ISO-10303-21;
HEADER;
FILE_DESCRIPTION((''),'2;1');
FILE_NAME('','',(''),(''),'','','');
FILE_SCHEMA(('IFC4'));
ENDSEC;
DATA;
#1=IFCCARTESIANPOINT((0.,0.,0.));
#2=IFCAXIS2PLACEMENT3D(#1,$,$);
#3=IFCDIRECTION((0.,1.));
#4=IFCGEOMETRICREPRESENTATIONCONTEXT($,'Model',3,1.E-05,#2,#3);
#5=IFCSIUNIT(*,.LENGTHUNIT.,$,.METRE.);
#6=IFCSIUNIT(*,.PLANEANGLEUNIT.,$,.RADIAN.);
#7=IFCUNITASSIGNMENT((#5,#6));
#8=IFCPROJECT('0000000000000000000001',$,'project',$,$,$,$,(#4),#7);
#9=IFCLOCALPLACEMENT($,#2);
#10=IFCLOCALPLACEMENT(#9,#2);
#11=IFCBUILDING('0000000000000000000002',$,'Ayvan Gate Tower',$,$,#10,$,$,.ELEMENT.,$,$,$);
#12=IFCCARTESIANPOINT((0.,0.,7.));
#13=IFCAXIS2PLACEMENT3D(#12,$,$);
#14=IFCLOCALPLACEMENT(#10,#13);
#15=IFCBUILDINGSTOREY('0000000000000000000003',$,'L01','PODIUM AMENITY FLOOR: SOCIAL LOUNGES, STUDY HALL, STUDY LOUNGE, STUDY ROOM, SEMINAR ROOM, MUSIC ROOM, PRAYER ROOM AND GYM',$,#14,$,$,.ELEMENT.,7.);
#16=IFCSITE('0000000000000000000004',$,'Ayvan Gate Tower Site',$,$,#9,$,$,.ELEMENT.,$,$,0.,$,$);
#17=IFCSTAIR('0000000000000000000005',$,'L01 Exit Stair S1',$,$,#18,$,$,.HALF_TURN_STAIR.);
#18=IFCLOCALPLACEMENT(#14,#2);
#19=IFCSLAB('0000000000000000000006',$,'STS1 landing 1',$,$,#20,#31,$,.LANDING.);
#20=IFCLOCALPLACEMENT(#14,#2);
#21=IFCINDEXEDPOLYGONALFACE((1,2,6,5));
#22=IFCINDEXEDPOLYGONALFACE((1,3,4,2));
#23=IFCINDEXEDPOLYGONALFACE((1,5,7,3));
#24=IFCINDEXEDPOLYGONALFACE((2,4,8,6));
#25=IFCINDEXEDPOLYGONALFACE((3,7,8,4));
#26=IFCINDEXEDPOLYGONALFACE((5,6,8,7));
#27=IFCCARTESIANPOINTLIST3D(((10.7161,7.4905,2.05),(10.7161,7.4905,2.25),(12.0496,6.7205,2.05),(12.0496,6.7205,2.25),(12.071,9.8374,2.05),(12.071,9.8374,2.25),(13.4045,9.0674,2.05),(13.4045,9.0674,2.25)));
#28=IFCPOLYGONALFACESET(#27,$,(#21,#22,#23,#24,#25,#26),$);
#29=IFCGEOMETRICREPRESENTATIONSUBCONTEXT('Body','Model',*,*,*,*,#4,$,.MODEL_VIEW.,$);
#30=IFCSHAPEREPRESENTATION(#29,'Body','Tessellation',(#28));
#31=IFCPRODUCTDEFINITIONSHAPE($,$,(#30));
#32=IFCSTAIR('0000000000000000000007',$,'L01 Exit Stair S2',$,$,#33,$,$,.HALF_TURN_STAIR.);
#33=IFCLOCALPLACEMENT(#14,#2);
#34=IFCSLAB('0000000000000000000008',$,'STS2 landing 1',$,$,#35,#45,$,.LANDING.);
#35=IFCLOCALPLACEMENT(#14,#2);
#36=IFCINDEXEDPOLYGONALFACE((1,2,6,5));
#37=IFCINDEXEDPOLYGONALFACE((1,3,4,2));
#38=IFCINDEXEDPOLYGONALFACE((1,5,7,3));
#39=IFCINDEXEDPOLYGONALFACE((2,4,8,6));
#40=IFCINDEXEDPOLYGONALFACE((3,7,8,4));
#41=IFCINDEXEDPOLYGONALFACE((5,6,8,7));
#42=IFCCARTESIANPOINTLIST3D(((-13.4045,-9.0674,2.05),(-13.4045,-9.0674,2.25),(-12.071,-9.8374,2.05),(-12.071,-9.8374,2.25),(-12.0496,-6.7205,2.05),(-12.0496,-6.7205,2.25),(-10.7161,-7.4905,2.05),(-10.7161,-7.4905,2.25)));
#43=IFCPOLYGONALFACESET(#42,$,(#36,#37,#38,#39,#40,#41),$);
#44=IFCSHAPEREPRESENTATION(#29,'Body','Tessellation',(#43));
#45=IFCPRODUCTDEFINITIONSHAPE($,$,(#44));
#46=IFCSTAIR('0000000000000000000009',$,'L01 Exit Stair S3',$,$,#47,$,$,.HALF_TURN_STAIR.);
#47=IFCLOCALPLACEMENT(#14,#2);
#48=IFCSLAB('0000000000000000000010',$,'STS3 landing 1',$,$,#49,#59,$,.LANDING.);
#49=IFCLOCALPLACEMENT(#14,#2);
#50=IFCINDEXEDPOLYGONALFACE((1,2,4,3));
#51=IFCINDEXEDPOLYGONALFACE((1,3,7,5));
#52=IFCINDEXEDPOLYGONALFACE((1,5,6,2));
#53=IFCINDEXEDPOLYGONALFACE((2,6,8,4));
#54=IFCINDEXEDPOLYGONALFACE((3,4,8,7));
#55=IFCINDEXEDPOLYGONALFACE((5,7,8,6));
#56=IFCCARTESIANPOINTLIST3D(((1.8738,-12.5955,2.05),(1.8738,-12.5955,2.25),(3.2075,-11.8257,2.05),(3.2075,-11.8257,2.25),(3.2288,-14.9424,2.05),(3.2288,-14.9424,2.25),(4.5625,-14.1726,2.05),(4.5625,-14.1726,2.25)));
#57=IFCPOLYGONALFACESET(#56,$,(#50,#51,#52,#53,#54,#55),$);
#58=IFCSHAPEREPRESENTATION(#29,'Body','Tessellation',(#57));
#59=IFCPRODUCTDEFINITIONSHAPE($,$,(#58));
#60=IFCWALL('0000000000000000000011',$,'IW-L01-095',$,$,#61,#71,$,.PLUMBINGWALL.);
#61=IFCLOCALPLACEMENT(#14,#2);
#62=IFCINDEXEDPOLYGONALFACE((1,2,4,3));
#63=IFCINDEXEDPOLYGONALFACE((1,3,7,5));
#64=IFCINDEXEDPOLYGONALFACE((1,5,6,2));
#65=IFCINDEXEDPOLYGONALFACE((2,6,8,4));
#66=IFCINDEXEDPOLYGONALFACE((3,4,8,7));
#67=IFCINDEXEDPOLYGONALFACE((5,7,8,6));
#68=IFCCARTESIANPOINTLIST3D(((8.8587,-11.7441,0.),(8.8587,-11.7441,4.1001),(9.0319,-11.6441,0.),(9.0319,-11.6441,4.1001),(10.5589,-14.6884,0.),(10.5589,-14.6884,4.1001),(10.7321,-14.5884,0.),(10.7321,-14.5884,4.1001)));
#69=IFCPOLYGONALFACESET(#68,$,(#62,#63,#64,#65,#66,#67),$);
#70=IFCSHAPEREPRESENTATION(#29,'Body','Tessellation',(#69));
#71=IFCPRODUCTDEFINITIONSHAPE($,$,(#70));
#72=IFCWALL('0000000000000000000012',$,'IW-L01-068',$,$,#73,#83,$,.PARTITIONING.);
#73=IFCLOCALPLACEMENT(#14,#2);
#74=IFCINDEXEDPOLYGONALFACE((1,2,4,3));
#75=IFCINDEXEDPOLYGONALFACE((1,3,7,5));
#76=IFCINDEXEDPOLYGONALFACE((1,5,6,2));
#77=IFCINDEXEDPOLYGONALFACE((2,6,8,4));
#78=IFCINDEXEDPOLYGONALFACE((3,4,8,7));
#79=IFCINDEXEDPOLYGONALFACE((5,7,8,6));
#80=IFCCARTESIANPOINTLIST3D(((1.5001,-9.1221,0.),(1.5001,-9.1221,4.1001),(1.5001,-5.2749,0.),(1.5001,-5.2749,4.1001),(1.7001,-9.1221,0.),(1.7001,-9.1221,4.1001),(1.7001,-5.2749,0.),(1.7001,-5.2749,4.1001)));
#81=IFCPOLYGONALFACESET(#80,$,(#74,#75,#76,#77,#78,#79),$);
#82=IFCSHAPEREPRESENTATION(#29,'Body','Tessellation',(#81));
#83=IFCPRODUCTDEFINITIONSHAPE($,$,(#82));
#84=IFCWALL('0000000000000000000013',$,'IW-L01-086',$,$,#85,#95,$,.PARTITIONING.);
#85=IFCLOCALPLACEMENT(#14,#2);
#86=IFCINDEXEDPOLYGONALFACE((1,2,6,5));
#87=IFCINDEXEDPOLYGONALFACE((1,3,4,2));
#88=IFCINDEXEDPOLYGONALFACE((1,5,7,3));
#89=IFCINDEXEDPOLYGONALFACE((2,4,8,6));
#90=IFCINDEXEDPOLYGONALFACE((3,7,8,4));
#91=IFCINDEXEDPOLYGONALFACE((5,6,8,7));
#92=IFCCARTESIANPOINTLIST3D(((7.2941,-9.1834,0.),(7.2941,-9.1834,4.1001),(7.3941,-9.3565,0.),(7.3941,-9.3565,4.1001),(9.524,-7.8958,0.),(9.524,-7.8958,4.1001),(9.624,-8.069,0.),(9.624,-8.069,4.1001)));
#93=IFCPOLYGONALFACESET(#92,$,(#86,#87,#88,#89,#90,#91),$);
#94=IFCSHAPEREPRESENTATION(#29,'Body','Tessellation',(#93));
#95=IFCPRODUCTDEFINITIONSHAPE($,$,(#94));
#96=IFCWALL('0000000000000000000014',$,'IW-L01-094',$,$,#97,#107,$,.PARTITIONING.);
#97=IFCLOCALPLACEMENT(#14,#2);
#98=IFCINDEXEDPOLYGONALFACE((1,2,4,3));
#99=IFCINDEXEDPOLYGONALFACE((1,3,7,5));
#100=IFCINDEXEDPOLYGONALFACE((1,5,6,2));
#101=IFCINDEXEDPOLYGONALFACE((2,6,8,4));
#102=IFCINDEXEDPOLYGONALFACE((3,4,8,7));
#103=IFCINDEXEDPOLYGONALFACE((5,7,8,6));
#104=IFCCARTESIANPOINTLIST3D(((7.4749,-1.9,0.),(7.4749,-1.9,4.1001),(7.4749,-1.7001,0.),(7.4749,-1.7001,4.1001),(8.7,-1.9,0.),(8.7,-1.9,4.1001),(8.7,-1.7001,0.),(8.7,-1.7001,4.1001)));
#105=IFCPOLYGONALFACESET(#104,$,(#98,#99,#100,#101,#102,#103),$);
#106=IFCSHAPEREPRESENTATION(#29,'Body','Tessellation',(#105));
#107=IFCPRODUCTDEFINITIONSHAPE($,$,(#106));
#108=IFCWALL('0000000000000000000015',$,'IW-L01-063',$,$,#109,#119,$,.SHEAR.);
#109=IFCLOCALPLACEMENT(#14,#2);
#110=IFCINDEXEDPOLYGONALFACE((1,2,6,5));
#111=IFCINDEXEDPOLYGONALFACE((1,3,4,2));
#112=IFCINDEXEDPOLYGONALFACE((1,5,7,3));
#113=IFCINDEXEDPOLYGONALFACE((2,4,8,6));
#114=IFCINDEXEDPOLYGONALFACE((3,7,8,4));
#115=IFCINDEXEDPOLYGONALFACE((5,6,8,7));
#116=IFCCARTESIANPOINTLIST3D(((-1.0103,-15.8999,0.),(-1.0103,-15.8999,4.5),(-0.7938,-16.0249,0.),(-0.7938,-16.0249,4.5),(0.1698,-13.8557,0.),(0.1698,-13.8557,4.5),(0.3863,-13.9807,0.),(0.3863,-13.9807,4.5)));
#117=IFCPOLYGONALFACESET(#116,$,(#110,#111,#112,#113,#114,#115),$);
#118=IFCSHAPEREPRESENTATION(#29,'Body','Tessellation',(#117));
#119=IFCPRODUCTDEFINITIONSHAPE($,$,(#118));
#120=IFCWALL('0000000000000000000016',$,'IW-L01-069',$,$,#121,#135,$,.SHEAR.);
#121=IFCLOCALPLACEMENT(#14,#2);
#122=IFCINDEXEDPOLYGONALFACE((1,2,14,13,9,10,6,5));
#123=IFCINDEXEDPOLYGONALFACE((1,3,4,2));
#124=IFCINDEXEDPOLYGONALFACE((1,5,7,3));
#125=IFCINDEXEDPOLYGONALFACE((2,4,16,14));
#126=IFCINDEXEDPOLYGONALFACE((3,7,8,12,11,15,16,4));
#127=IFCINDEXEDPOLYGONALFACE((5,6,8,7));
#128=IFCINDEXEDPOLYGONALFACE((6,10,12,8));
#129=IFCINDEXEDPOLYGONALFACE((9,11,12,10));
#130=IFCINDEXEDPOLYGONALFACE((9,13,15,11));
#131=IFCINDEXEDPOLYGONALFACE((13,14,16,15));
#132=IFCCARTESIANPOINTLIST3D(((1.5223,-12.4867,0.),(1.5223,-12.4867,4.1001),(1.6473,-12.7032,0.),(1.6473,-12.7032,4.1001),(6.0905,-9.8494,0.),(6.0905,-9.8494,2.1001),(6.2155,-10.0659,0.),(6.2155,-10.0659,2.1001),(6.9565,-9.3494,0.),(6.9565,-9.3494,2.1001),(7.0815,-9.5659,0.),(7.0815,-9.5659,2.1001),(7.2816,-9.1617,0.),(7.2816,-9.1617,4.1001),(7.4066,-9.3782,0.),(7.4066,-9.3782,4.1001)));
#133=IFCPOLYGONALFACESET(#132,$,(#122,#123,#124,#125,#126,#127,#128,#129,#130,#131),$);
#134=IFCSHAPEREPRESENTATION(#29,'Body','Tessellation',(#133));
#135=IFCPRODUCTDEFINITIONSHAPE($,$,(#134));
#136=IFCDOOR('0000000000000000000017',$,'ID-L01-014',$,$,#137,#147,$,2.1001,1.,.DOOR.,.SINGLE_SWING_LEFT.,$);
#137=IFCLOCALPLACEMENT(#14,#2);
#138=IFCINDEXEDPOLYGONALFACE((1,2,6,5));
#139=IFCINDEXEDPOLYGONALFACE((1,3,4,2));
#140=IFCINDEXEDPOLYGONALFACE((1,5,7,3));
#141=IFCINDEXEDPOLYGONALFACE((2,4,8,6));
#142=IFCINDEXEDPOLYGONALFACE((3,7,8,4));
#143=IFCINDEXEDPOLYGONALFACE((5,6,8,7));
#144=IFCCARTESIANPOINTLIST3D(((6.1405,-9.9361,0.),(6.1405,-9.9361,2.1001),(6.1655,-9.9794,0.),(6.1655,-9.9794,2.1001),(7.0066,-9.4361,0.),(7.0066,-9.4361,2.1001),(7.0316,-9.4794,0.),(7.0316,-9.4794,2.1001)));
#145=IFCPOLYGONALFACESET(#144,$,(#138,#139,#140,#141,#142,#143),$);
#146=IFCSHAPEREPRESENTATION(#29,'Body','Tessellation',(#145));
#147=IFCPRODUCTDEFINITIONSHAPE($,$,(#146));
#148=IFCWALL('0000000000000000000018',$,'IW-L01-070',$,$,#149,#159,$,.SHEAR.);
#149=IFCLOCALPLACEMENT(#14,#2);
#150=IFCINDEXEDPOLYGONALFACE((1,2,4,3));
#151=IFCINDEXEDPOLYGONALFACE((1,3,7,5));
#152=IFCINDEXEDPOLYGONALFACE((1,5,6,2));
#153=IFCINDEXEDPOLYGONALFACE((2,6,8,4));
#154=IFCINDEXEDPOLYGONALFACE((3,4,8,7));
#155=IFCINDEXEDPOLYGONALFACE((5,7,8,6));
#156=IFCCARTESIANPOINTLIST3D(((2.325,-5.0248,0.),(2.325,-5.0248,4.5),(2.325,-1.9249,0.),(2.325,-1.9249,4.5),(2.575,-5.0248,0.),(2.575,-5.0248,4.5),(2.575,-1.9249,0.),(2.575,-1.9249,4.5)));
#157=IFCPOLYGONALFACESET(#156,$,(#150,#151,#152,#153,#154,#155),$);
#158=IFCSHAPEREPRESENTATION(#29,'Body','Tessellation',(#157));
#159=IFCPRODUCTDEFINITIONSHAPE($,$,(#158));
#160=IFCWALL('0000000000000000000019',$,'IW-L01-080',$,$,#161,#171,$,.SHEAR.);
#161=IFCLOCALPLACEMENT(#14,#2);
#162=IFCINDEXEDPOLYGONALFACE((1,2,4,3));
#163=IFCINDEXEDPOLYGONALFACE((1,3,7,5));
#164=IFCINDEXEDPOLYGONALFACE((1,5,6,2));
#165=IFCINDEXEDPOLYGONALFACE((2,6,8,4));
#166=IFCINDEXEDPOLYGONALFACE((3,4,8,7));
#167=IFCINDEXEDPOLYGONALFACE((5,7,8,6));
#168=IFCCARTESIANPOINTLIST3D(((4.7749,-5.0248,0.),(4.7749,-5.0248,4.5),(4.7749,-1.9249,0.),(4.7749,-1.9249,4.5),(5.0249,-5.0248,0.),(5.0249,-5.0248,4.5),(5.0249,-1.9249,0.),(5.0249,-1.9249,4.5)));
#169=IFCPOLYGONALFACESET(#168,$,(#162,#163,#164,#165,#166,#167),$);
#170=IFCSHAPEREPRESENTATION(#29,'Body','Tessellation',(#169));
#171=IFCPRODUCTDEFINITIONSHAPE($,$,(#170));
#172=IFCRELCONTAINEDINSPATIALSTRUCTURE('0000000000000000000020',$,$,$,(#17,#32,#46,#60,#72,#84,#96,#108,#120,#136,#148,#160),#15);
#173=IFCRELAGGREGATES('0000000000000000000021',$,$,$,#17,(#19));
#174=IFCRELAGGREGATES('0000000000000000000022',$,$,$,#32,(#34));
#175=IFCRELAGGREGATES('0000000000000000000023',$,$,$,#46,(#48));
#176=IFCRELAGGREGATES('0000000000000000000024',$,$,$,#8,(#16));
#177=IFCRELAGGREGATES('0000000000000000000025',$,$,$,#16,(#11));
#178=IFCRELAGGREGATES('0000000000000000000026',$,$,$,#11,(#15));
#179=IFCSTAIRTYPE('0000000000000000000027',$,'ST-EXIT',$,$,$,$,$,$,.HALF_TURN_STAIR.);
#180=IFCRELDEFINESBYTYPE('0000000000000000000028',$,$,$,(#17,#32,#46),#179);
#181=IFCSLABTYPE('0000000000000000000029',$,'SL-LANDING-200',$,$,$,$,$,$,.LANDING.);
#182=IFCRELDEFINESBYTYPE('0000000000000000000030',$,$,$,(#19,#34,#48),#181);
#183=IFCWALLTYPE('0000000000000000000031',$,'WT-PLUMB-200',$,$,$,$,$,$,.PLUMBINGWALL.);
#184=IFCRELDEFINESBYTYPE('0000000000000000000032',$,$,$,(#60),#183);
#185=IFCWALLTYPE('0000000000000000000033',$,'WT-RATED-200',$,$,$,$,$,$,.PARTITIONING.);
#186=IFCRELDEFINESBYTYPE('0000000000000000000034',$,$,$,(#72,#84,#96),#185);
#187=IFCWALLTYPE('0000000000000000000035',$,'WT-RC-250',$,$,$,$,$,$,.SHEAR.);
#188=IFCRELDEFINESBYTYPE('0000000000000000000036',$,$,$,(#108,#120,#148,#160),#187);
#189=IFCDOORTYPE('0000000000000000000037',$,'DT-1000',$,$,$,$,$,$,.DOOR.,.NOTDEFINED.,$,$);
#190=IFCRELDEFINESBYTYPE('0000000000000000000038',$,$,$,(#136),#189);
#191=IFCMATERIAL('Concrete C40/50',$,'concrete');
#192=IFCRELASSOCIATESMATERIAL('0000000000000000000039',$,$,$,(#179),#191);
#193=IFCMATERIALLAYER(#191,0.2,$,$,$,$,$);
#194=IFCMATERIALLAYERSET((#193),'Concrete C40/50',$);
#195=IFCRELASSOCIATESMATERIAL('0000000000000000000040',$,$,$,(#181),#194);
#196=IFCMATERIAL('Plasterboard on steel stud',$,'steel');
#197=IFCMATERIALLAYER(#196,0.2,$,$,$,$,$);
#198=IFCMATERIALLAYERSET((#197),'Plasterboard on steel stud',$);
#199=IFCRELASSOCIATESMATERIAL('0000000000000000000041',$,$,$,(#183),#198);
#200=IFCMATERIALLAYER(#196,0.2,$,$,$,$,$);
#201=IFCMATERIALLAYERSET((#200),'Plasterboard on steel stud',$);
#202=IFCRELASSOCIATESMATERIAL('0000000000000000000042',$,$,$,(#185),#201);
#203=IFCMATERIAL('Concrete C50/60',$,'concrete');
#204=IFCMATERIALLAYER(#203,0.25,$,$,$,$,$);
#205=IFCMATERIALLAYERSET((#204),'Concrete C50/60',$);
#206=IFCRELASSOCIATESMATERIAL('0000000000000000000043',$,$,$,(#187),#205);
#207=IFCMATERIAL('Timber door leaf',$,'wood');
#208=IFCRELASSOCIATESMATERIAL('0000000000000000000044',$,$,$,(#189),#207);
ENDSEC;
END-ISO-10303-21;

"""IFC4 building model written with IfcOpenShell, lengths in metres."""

from ifc_helpers import new_model, si_unit, direction, frame, frame_2d, origin, place, context, subcontext, project, spatial, polyline, rectangle, outline, extrude, material, layer, layer_set, type_object, element, fill, aggregate, save


model = new_model("IFC4")

# Units and contexts
model_context = context("Model", 3, precision=1e-05, world=origin(), true_north=direction((0.0, 1.0)))
body_context = subcontext(model_context, "Body", "Model", "MODEL_VIEW")
ifc_project = project(units=[si_unit("LENGTHUNIT", "METRE"), si_unit("PLANEANGLEUNIT", "RADIAN")], contexts=[model_context])

# Site, building, storey
site_placement = place(None, origin())
site = spatial("IfcSite", under=ifc_project, at=site_placement, Name="Ayvan Gate Tower Site", CompositionType="ELEMENT", RefElevation=0.0)
building_placement = place(site_placement, origin())
building = spatial("IfcBuilding", under=site, at=building_placement, Name="Ayvan Gate Tower", CompositionType="ELEMENT")
storey_placement = place(building_placement, frame((0.0, 0.0, 7.0)))
storey = spatial("IfcBuildingStorey", under=building, at=storey_placement, Name="L01", Description="PODIUM AMENITY FLOOR: SOCIAL LOUNGES, STUDY HALL, STUDY LOUNGE, STUDY ROOM, SEMINAR ROOM, MUSIC ROOM, PRAYER ROOM AND GYM", CompositionType="ELEMENT", Elevation=7.0)

# Stairs, slabs
ifc_material_1 = material(Name="Concrete C40/50", Category="concrete")
stair_type = type_object("IfcStairType", Name="ST-EXIT", PredefinedType="HALF_TURN_STAIR", material=ifc_material_1)
stair_1_placement = place(storey_placement, origin())
stair_1 = element("IfcStair", 1, at=stair_1_placement, inside=storey, type_object=stair_type, Name="L01 Exit Stair S1", PredefinedType="HALF_TURN_STAIR")
ifc_layer_1 = layer(ifc_material_1, 0.2)
ifc_layer_set_1 = layer_set([ifc_layer_1], Name="Concrete C40/50")
slab_type = type_object("IfcSlabType", Name="SL-LANDING-200", PredefinedType="LANDING", material=ifc_layer_set_1)
slab_1_placement = place(storey_placement, frame((0.0, 0.0, 2.05)))
slab_1 = element("IfcSlab", 2, at=slab_1_placement, type_object=slab_type, Name="STS1 landing 1", PredefinedType="LANDING", context=body_context, shape_type="SweptSolid", body=[
    extrude(outline(polyline([(10.7161, 7.4905), (12.0496, 6.7205), (13.4045, 9.0674), (12.071, 9.8374), (10.7161, 7.4905)])), origin(), (0.0, 0.0, 1.0), 0.2),
])
aggregate(stair_1, [slab_1])
stair_2_placement = place(storey_placement, origin())
stair_2 = element("IfcStair", 3, at=stair_2_placement, inside=storey, type_object=stair_type, Name="L01 Exit Stair S2", PredefinedType="HALF_TURN_STAIR")
slab_2_placement = place(storey_placement, frame((0.0, 0.0, 2.05)))
slab_2 = element("IfcSlab", 4, at=slab_2_placement, type_object=slab_type, Name="STS2 landing 1", PredefinedType="LANDING", context=body_context, shape_type="SweptSolid", body=[
    extrude(outline(polyline([(-10.7161, -7.4905), (-12.0496, -6.7205), (-13.4045, -9.0674), (-12.071, -9.8374), (-10.7161, -7.4905)])), origin(), (0.0, 0.0, 1.0), 0.2),
])
aggregate(stair_2, [slab_2])
stair_3_placement = place(storey_placement, origin())
stair_3 = element("IfcStair", 5, at=stair_3_placement, inside=storey, type_object=stair_type, Name="L01 Exit Stair S3", PredefinedType="HALF_TURN_STAIR")
slab_3_placement = place(storey_placement, frame((0.0, 0.0, 2.05)))
slab_3 = element("IfcSlab", 6, at=slab_3_placement, type_object=slab_type, Name="STS3 landing 1", PredefinedType="LANDING", context=body_context, shape_type="SweptSolid", body=[
    extrude(outline(polyline([(3.2075, -11.8257), (1.8738, -12.5955), (3.2288, -14.9424), (4.5625, -14.1726), (3.2075, -11.8257)])), origin(), (0.0, 0.0, 1.0), 0.2),
])
aggregate(stair_3, [slab_3])

# Walls
ifc_material_2 = material(Name="Plasterboard on steel stud", Category="steel")
ifc_layer_2 = layer(ifc_material_2, 0.2)
ifc_layer_set_2 = layer_set([ifc_layer_2], Name="Plasterboard on steel stud")
wall_type_1 = type_object("IfcWallType", Name="WT-PLUMB-200", PredefinedType="PLUMBINGWALL", material=ifc_layer_set_2)
wall_1_placement = place(storey_placement, frame((8.9453, -11.6941, 0.0), z_axis=(0.0, 0.0, 1.0), x_axis=(0.500062, -0.865989, 0.0)))
element("IfcWall", 7, at=wall_1_placement, inside=storey, type_object=wall_type_1, Name="IW-L01-095", PredefinedType="PLUMBINGWALL", context=body_context, shape_type="SweptSolid", body=[
    extrude(rectangle(XDim=3.3999, YDim=0.2, at=frame_2d((1.7, 0.0))), origin(), (0.0, 0.0, 1.0), 4.1001),
])
ifc_layer_3 = layer(ifc_material_2, 0.2)
ifc_layer_set_3 = layer_set([ifc_layer_3], Name="Plasterboard on steel stud")
wall_type_2 = type_object("IfcWallType", Name="WT-RATED-200", PredefinedType="PARTITIONING", material=ifc_layer_set_3)
wall_2_placement = place(storey_placement, frame((1.6001, -5.2749, 0.0), z_axis=(0.0, 0.0, 1.0), x_axis=(0.0, -1.0, 0.0)))
element("IfcWall", 8, at=wall_2_placement, inside=storey, type_object=wall_type_2, Name="IW-L01-068", PredefinedType="PARTITIONING", context=body_context, shape_type="SweptSolid", body=[
    extrude(rectangle(XDim=3.8472, YDim=0.2, at=frame_2d((1.9236, 0.0))), origin(), (0.0, 0.0, 1.0), 4.1001),
])
wall_3_placement = place(storey_placement, frame((7.344, -9.27, 0.0), z_axis=(0.0, 0.0, 1.0), x_axis=(0.866006, 0.500034, 0.0)))
element("IfcWall", 9, at=wall_3_placement, inside=storey, type_object=wall_type_2, Name="IW-L01-086", PredefinedType="PARTITIONING", context=body_context, shape_type="SweptSolid", body=[
    extrude(rectangle(XDim=2.575, YDim=0.2, at=frame_2d((1.2876, 0.0))), origin(), (0.0, 0.0, 1.0), 4.1001),
])
wall_4_placement = place(storey_placement, frame((8.7, -1.8, 0.0), z_axis=(0.0, 0.0, 1.0), x_axis=(-1.0, 0.0, 0.0)))
element("IfcWall", 10, at=wall_4_placement, inside=storey, type_object=wall_type_2, Name="IW-L01-094", PredefinedType="PARTITIONING", context=body_context, shape_type="SweptSolid", body=[
    extrude(rectangle(XDim=1.2251, YDim=0.2, at=frame_2d((0.6125, 0.0))), origin(), (0.0, 0.0, 1.0), 4.1001),
])
ifc_material_3 = material(Name="Concrete C50/60", Category="concrete")
ifc_layer_4 = layer(ifc_material_3, 0.25)
ifc_layer_set_4 = layer_set([ifc_layer_4], Name="Concrete C50/60")
wall_type_3 = type_object("IfcWallType", Name="WT-RC-250", PredefinedType="SHEAR", material=ifc_layer_set_4)
wall_5_placement = place(storey_placement, frame((0.2781, -13.9182, 0.0), z_axis=(0.0, 0.0, 1.0), x_axis=(-0.499988, -0.866032, 0.0)))
element("IfcWall", 11, at=wall_5_placement, inside=storey, type_object=wall_type_3, Name="IW-L01-063", PredefinedType="SHEAR", context=body_context, shape_type="SweptSolid", body=[
    extrude(rectangle(XDim=2.3604, YDim=0.25, at=frame_2d((1.1802, 0.0))), origin(), (0.0, 0.0, 1.0), 4.5),
])

# Wall, opening, door
wall_6_placement = place(storey_placement, frame((1.5847, -12.595, 0.0), z_axis=(0.0, 0.0, 1.0), x_axis=(0.866036, 0.499981, 0.0)))
wall_6 = element("IfcWall", 12, at=wall_6_placement, inside=storey, type_object=wall_type_3, Name="IW-L01-069", PredefinedType="SHEAR", context=body_context, shape_type="SweptSolid", body=[
    extrude(rectangle(XDim=6.6501, YDim=0.25, at=frame_2d((3.3252, 0.0))), origin(), (0.0, 0.0, 1.0), 4.1001),
])
opening_1_placement = place(wall_6_placement, frame((5.2749, 0.0, 0.0)))
opening_1 = element("IfcOpeningElement", 13, at=opening_1_placement, cuts=wall_6, PredefinedType="OPENING", context=body_context, shape_type="SweptSolid", body=[
    extrude(rectangle(XDim=1.0, YDim=2.1001, at=frame_2d((0.5, 1.05))), frame((0.0, 0.135, 0.0), z_axis=(0.0, -1.0, 0.0), x_axis=(1.0, 0.0, 0.0)), (0.0, 0.0, 1.0), 0.27),
])
ifc_material_4 = material(Name="Timber door leaf", Category="wood")
door_type = type_object("IfcDoorType", Name="DT-1000", OperationType="NOTDEFINED", PredefinedType="DOOR", material=ifc_material_4)
door_1_placement = place(opening_1_placement, origin())
door_1 = element("IfcDoor", 14, at=door_1_placement, inside=storey, type_object=door_type, Name="ID-L01-014", OperationType="SINGLE_SWING_LEFT", OverallHeight=2.1001, OverallWidth=1.0, PredefinedType="DOOR", context=body_context, shape_type="SweptSolid", body=[
    extrude(rectangle(XDim=1.0, YDim=2.1001, at=frame_2d((0.5, 1.05))), frame((0.0, 0.0249, 0.0), z_axis=(0.0, -1.0, 0.0), x_axis=(1.0, 0.0, 0.0)), (0.0, 0.0, 1.0), 0.05),
])
fill(opening_1, door_1)

# Walls
for number, where, z_axis, x_axis, name in (
    (15, (2.45, -1.925, 0.0), (0.0, 0.0, 1.0), (0.0, -1.0, 0.0), "IW-L01-070"),
    (16, (4.8999, -1.925, 0.0), (0.0, 0.0, 1.0), (0.0, -1.0, 0.0), "IW-L01-080"),
):
    element("IfcWall", number, at=place(storey_placement, frame(where, z_axis=z_axis, x_axis=x_axis)), inside=storey, type_object=wall_type_3, Name=name, PredefinedType="SHEAR", context=body_context, shape_type="SweptSolid", body=[
        extrude(rectangle(XDim=3.0999, YDim=0.25, at=frame_2d((1.5498, 0.0))), origin(), (0.0, 0.0, 1.0), 4.5),
    ])

save(model, "model.ifc")
